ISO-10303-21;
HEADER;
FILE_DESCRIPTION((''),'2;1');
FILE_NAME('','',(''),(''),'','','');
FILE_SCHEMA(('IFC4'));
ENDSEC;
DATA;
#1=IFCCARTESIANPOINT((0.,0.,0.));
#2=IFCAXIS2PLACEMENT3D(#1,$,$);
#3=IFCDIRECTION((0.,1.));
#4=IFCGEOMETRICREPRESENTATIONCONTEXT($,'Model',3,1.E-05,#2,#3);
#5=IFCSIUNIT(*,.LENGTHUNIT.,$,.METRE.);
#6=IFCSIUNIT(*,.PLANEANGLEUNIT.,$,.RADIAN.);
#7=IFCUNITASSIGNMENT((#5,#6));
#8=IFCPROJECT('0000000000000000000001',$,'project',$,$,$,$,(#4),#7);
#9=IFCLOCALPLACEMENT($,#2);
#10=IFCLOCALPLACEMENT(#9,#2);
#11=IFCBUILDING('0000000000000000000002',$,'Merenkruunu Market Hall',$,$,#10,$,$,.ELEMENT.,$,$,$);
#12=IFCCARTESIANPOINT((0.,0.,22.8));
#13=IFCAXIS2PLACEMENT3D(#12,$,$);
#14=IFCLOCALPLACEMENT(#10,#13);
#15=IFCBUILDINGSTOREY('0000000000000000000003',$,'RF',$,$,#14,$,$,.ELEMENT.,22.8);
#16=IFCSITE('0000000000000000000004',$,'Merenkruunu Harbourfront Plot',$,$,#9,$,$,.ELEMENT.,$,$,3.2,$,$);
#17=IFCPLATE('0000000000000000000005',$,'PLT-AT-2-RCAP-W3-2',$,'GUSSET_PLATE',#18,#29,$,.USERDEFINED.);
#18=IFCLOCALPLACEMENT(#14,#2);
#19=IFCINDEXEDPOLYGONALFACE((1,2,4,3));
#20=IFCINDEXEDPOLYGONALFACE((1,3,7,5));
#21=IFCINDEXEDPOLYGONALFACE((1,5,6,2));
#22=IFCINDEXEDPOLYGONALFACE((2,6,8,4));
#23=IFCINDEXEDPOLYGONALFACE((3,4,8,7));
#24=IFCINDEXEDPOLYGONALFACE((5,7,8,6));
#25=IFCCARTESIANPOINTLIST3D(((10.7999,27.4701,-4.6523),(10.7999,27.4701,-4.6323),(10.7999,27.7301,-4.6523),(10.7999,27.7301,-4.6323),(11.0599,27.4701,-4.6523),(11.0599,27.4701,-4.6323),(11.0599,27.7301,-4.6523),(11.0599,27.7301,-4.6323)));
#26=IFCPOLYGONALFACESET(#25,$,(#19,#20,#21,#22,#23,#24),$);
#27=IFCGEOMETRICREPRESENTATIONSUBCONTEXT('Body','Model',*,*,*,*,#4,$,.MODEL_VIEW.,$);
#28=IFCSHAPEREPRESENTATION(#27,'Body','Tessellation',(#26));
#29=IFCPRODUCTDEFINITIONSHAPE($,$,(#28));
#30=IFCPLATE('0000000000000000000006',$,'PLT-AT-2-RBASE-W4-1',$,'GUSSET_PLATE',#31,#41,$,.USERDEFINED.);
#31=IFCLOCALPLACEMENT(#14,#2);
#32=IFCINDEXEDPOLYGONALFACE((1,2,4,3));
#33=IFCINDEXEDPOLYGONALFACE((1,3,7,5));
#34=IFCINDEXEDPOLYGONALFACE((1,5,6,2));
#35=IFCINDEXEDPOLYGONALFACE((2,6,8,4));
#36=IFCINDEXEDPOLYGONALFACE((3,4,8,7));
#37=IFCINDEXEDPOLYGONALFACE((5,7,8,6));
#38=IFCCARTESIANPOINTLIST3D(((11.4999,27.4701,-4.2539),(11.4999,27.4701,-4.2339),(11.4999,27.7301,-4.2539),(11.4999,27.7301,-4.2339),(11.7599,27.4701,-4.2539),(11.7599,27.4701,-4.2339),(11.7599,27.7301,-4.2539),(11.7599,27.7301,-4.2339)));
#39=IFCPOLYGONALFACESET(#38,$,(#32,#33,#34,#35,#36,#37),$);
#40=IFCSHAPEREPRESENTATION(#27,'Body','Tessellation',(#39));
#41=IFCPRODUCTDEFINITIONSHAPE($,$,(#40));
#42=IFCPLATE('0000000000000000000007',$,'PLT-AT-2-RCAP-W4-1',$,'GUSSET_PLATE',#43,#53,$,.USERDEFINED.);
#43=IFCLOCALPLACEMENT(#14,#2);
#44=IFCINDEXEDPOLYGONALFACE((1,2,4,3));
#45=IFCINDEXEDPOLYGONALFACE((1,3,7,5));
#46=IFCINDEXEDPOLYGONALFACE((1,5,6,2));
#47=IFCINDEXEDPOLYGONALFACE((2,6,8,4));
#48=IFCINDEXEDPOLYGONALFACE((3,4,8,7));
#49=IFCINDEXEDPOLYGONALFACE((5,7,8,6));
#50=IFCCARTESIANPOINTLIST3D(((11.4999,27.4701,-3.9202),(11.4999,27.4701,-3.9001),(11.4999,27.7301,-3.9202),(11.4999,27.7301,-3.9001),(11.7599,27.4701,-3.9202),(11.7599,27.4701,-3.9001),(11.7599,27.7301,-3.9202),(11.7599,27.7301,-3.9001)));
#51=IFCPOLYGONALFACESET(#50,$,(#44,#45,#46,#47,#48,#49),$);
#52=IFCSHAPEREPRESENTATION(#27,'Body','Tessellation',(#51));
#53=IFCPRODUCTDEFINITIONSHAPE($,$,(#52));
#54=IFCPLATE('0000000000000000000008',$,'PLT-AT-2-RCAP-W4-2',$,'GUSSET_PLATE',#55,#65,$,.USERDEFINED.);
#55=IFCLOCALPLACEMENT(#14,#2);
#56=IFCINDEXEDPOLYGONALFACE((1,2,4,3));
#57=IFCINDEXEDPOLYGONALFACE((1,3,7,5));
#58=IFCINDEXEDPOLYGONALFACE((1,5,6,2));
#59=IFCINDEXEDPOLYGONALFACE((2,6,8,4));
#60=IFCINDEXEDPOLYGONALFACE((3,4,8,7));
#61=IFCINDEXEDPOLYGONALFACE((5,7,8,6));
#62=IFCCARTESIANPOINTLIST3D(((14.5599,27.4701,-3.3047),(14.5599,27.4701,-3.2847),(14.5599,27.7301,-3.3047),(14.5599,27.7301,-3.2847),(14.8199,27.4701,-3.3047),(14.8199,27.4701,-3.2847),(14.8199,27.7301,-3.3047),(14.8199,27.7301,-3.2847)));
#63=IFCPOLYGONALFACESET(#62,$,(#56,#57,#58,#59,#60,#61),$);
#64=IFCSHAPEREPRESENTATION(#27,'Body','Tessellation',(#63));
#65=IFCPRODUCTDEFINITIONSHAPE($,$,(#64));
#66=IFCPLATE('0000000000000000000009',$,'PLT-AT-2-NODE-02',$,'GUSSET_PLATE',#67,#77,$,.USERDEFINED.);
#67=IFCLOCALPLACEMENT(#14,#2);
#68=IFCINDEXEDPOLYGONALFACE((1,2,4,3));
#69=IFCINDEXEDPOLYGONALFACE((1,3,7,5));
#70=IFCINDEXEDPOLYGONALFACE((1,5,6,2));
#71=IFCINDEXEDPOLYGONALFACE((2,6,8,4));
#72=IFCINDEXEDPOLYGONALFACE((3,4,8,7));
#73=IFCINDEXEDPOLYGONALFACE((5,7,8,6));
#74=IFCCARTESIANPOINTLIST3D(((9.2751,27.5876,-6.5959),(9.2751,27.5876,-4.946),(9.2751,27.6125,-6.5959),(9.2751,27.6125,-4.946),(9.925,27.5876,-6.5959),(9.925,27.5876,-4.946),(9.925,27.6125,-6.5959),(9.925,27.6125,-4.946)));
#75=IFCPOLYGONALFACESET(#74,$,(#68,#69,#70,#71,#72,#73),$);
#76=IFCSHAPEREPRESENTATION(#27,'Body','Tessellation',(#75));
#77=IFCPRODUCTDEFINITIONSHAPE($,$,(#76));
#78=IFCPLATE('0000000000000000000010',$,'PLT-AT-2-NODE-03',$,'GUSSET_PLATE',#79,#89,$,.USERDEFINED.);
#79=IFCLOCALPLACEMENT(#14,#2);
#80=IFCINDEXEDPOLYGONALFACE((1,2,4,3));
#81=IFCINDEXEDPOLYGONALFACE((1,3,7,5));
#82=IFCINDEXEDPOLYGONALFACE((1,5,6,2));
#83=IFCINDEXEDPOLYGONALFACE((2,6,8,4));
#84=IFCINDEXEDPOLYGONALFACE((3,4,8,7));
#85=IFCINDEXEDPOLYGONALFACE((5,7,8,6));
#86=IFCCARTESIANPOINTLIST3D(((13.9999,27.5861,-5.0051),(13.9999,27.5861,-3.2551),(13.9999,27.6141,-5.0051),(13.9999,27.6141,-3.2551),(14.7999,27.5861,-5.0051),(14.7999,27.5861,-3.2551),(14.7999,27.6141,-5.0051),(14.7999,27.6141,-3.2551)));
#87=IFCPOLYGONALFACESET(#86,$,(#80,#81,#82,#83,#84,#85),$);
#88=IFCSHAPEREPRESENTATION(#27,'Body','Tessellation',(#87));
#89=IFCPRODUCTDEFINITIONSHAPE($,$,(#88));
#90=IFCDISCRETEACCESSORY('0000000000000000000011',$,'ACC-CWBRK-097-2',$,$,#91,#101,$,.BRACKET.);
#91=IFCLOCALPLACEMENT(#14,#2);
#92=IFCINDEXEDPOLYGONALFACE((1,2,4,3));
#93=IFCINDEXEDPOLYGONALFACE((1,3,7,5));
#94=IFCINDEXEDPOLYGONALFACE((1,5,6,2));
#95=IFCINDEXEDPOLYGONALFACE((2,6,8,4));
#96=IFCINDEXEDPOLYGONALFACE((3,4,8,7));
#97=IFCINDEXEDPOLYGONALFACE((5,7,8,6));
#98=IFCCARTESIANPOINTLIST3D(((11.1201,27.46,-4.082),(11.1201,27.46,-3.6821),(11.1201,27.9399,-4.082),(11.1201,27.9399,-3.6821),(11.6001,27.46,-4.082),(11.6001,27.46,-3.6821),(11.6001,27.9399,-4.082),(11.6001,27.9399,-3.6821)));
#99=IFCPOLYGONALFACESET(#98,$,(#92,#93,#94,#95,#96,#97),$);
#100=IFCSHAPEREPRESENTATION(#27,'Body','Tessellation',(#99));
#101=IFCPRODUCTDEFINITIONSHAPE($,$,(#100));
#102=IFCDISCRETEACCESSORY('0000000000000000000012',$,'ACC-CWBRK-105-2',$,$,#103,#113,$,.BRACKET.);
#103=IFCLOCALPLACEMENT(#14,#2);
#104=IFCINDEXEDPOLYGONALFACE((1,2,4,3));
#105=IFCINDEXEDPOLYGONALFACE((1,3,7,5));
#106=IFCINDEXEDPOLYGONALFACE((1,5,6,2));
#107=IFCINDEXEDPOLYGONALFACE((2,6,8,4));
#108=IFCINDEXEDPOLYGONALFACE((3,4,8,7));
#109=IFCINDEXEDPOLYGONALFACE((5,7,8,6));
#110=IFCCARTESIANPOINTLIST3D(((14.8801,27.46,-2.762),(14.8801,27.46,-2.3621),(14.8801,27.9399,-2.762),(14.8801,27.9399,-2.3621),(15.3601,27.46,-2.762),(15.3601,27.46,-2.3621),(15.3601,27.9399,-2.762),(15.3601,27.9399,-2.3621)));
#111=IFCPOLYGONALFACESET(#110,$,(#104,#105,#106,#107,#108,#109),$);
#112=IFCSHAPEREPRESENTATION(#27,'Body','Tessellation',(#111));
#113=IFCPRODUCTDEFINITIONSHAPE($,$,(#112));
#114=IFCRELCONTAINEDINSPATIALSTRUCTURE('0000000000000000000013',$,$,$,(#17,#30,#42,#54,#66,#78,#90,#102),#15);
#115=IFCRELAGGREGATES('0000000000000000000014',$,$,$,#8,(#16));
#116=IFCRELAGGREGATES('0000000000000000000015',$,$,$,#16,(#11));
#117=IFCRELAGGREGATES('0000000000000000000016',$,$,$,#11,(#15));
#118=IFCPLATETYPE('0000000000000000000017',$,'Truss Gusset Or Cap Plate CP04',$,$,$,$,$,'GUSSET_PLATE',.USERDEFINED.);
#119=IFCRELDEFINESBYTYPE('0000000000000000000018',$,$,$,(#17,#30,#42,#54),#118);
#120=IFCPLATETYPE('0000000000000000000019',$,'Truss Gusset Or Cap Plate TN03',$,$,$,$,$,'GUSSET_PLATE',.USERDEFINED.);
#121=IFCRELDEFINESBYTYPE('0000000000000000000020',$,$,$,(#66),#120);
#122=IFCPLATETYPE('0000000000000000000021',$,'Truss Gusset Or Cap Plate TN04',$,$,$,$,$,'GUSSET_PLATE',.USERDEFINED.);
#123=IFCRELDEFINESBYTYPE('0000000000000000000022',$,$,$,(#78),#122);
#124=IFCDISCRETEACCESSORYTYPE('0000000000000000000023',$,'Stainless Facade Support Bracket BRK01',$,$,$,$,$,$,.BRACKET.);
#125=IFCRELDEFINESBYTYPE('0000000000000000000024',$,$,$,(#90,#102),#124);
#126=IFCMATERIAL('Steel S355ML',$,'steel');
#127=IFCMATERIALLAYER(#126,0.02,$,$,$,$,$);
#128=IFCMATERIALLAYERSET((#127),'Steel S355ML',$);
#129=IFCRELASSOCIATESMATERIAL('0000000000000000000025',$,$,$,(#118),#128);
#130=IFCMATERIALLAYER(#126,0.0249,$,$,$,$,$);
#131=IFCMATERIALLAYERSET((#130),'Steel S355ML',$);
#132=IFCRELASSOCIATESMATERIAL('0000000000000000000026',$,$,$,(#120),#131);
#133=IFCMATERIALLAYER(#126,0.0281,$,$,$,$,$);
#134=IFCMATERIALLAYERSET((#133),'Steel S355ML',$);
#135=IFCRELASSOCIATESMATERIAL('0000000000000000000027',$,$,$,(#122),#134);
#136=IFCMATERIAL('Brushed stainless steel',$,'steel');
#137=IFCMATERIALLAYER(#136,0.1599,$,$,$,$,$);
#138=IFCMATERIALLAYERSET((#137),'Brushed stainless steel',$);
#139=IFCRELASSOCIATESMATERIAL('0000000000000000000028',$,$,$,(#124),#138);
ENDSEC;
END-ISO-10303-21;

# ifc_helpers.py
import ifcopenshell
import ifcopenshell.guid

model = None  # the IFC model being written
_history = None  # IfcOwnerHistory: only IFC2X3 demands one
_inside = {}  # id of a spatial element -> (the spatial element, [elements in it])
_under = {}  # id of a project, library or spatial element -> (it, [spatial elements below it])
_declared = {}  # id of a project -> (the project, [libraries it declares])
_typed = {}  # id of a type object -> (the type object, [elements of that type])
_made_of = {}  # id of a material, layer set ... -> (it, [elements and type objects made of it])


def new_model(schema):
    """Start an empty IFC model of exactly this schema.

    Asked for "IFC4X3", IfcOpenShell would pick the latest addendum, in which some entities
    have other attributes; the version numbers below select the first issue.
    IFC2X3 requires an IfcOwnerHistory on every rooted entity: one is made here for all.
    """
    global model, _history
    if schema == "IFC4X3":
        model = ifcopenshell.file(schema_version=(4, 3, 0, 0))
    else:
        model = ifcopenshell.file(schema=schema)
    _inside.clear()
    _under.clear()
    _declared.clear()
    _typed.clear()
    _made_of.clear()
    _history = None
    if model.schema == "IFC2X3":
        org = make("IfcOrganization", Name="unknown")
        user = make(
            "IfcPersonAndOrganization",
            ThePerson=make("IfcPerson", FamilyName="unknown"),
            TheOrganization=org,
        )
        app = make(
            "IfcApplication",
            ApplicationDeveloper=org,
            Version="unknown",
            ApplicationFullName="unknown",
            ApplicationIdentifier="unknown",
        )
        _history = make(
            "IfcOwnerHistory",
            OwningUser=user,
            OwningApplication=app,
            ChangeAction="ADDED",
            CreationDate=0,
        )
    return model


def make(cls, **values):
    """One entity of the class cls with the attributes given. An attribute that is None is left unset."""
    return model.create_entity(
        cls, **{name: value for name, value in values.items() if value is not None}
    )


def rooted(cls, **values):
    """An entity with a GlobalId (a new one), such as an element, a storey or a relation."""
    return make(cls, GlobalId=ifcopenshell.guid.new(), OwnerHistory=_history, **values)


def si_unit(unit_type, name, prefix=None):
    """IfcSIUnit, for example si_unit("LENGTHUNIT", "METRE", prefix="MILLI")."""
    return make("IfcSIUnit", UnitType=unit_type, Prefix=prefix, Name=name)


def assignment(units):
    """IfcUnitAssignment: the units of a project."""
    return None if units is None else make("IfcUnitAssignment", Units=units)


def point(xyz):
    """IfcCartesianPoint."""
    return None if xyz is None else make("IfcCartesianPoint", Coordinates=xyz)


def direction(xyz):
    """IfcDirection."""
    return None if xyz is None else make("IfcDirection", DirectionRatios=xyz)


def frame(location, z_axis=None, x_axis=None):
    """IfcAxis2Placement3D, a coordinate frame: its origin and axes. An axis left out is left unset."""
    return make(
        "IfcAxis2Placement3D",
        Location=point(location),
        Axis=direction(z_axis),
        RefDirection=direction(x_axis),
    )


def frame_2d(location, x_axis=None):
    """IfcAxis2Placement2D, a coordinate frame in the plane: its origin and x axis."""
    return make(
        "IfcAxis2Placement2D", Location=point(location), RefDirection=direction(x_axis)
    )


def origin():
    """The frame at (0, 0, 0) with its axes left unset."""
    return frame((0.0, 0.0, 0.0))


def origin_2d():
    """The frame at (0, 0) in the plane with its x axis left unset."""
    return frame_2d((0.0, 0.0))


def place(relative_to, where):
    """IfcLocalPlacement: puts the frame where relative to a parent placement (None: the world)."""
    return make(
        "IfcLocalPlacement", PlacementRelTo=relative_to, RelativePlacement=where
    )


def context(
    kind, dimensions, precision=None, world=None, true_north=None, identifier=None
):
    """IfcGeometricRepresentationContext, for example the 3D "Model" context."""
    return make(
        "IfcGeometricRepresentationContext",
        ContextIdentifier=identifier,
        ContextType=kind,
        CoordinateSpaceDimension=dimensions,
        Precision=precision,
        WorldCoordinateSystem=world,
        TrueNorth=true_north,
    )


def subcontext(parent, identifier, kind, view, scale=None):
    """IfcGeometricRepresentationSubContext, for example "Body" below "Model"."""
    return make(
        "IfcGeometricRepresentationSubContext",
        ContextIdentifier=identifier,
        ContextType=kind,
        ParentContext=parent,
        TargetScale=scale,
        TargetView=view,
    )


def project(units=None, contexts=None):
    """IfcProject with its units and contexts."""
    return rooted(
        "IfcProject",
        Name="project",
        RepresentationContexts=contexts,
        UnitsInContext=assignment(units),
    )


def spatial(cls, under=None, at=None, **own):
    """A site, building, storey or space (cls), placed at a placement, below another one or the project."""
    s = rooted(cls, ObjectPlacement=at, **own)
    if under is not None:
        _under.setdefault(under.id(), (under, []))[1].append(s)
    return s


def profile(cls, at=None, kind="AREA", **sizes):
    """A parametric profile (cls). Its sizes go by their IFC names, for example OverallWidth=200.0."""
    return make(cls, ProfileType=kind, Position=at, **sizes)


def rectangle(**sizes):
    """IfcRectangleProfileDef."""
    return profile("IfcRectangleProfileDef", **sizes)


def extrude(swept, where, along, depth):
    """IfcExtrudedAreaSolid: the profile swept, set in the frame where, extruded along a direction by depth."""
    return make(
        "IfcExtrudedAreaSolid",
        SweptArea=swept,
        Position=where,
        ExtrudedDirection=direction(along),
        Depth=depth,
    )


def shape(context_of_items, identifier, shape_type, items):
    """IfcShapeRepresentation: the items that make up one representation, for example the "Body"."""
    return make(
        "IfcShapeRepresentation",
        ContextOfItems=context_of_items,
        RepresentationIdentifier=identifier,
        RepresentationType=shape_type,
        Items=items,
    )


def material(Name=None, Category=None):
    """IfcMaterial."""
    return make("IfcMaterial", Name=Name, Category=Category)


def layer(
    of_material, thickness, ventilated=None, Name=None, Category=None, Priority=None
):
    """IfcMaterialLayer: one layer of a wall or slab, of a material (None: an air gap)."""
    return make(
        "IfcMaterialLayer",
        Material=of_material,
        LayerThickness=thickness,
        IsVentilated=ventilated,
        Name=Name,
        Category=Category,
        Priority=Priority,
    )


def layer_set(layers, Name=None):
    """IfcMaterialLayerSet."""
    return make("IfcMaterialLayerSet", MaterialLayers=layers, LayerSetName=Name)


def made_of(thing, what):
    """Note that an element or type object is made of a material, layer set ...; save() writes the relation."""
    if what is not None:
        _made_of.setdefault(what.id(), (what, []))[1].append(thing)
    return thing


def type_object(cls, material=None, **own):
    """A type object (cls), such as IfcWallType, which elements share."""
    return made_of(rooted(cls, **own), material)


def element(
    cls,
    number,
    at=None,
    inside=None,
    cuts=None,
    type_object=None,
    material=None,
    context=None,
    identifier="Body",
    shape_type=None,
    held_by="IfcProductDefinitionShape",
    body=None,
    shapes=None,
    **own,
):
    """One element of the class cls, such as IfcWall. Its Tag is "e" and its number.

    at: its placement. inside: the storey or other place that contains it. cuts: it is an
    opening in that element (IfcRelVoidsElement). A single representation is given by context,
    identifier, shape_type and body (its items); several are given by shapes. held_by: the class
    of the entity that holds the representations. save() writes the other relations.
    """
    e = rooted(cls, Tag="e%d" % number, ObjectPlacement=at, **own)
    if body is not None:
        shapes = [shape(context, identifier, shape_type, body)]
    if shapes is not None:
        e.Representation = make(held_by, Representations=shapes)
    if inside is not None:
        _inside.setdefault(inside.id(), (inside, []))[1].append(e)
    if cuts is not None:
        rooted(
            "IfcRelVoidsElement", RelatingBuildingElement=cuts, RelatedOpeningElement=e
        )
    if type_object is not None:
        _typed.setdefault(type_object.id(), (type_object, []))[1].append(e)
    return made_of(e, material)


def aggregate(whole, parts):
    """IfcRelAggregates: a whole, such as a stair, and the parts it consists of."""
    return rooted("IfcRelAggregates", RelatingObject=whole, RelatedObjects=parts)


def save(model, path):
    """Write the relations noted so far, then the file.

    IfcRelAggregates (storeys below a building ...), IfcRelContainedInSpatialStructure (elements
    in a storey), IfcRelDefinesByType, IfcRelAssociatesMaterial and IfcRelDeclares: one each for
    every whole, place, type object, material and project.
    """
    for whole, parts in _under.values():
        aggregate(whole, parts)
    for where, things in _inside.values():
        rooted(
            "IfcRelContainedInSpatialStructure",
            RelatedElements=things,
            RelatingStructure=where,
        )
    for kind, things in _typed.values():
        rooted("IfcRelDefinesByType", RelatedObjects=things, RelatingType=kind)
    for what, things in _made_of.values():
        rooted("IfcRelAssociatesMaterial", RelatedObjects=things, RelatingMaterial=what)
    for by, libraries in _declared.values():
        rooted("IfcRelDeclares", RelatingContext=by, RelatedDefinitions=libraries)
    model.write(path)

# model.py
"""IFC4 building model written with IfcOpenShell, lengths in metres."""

from ifc_helpers import new_model, si_unit, direction, frame, origin, origin_2d, place, context, subcontext, project, spatial, rectangle, extrude, material, layer, layer_set, type_object, element, save


model = new_model("IFC4")

# Units and contexts
model_context = context("Model", 3, precision=1e-05, world=origin(), true_north=direction((0.0, 1.0)))
body_context = subcontext(model_context, "Body", "Model", "MODEL_VIEW")
ifc_project = project(units=[si_unit("LENGTHUNIT", "METRE"), si_unit("PLANEANGLEUNIT", "RADIAN")], contexts=[model_context])

# Site, building, storey
site_placement = place(None, origin())
site = spatial("IfcSite", under=ifc_project, at=site_placement, Name="Merenkruunu Harbourfront Plot", CompositionType="ELEMENT", RefElevation=3.2)
building_placement = place(site_placement, origin())
building = spatial("IfcBuilding", under=site, at=building_placement, Name="Merenkruunu Market Hall", CompositionType="ELEMENT")
storey_placement = place(building_placement, frame((0.0, 0.0, 22.8)))
storey = spatial("IfcBuildingStorey", under=building, at=storey_placement, Name="RF", CompositionType="ELEMENT", Elevation=22.8)

# Shared definitions
ifc_material_1 = material(Name="Steel S355ML", Category="steel")

# Plates
ifc_layer_1 = layer(ifc_material_1, 0.02)
ifc_layer_set_1 = layer_set([ifc_layer_1], Name="Steel S355ML")
plate_type_1 = type_object("IfcPlateType", Name="Truss Gusset Or Cap Plate CP04", ElementType="GUSSET_PLATE", PredefinedType="USERDEFINED", material=ifc_layer_set_1)
for number, where, z_axis, x_axis, name in (
    (1, (10.9299, 27.6001, -4.6523), (0.0, 0.0, 1.0), (1.0, 0.0, 0.0), "PLT-AT-2-RCAP-W3-2"),
    (2, (11.6299, 27.6001, -4.2539), (0.0, 0.0, 1.0), (1.0, 0.0, 0.0), "PLT-AT-2-RBASE-W4-1"),
    (3, (11.6299, 27.6001, -3.9202), (0.0, 0.0, 1.0), (1.0, 0.0, 0.0), "PLT-AT-2-RCAP-W4-1"),
    (4, (14.6899, 27.6001, -3.3047), (0.0, 0.0, 1.0), (1.0, 0.0, 0.0), "PLT-AT-2-RCAP-W4-2"),
):
    element("IfcPlate", number, at=place(storey_placement, frame(where, z_axis=z_axis, x_axis=x_axis)), inside=storey, type_object=plate_type_1, Name=name, ObjectType="GUSSET_PLATE", PredefinedType="USERDEFINED", context=body_context, shape_type="SweptSolid", body=[
        extrude(rectangle(XDim=0.26, YDim=0.26, at=origin_2d()), origin(), (0.0, 0.0, 1.0), 0.02),
    ])
ifc_layer_2 = layer(ifc_material_1, 0.0249)
ifc_layer_set_2 = layer_set([ifc_layer_2], Name="Steel S355ML")
plate_type_2 = type_object("IfcPlateType", Name="Truss Gusset Or Cap Plate TN03", ElementType="GUSSET_PLATE", PredefinedType="USERDEFINED", material=ifc_layer_set_2)
plate_1_placement = place(storey_placement, frame((9.6001, 27.6001, -6.5959), z_axis=(0.0, 0.0, 1.0), x_axis=(1.0, 0.0, 0.0)))
element("IfcPlate", 5, at=plate_1_placement, inside=storey, type_object=plate_type_2, Name="PLT-AT-2-NODE-02", ObjectType="GUSSET_PLATE", PredefinedType="USERDEFINED", context=body_context, shape_type="SweptSolid", body=[
    extrude(rectangle(XDim=0.6499, YDim=0.0249, at=origin_2d()), origin(), (0.0, 0.0, 1.0), 1.6499),
])
ifc_layer_3 = layer(ifc_material_1, 0.0281)
ifc_layer_set_3 = layer_set([ifc_layer_3], Name="Steel S355ML")
plate_type_3 = type_object("IfcPlateType", Name="Truss Gusset Or Cap Plate TN04", ElementType="GUSSET_PLATE", PredefinedType="USERDEFINED", material=ifc_layer_set_3)
plate_2_placement = place(storey_placement, frame((14.3999, 27.6001, -5.0051), z_axis=(0.0, 0.0, 1.0), x_axis=(1.0, 0.0, 0.0)))
element("IfcPlate", 6, at=plate_2_placement, inside=storey, type_object=plate_type_3, Name="PLT-AT-2-NODE-03", ObjectType="GUSSET_PLATE", PredefinedType="USERDEFINED", context=body_context, shape_type="SweptSolid", body=[
    extrude(rectangle(XDim=0.8, YDim=0.0281, at=origin_2d()), origin(), (0.0, 0.0, 1.0), 1.75),
])

# Discrete accessories
ifc_material_2 = material(Name="Brushed stainless steel", Category="steel")
ifc_layer_4 = layer(ifc_material_2, 0.1599)
ifc_layer_set_4 = layer_set([ifc_layer_4], Name="Brushed stainless steel")
discrete_accessory_type = type_object("IfcDiscreteAccessoryType", Name="Stainless Facade Support Bracket BRK01", PredefinedType="BRACKET", material=ifc_layer_set_4)
for number, where, z_axis, x_axis, name in (
    (7, (11.3601, 27.7, -4.082), (0.0, 0.0, 1.0), (1.0, 0.0, 0.0), "ACC-CWBRK-097-2"),
    (8, (15.1201, 27.7, -2.762), (0.0, 0.0, 1.0), (1.0, 0.0, 0.0), "ACC-CWBRK-105-2"),
):
    element("IfcDiscreteAccessory", number, at=place(storey_placement, frame(where, z_axis=z_axis, x_axis=x_axis)), inside=storey, type_object=discrete_accessory_type, Name=name, PredefinedType="BRACKET", context=body_context, shape_type="SweptSolid", body=[
        extrude(rectangle(XDim=0.48, YDim=0.48, at=origin_2d()), origin(), (0.0, 0.0, 1.0), 0.3999),
    ])

save(model, "model.ifc")
